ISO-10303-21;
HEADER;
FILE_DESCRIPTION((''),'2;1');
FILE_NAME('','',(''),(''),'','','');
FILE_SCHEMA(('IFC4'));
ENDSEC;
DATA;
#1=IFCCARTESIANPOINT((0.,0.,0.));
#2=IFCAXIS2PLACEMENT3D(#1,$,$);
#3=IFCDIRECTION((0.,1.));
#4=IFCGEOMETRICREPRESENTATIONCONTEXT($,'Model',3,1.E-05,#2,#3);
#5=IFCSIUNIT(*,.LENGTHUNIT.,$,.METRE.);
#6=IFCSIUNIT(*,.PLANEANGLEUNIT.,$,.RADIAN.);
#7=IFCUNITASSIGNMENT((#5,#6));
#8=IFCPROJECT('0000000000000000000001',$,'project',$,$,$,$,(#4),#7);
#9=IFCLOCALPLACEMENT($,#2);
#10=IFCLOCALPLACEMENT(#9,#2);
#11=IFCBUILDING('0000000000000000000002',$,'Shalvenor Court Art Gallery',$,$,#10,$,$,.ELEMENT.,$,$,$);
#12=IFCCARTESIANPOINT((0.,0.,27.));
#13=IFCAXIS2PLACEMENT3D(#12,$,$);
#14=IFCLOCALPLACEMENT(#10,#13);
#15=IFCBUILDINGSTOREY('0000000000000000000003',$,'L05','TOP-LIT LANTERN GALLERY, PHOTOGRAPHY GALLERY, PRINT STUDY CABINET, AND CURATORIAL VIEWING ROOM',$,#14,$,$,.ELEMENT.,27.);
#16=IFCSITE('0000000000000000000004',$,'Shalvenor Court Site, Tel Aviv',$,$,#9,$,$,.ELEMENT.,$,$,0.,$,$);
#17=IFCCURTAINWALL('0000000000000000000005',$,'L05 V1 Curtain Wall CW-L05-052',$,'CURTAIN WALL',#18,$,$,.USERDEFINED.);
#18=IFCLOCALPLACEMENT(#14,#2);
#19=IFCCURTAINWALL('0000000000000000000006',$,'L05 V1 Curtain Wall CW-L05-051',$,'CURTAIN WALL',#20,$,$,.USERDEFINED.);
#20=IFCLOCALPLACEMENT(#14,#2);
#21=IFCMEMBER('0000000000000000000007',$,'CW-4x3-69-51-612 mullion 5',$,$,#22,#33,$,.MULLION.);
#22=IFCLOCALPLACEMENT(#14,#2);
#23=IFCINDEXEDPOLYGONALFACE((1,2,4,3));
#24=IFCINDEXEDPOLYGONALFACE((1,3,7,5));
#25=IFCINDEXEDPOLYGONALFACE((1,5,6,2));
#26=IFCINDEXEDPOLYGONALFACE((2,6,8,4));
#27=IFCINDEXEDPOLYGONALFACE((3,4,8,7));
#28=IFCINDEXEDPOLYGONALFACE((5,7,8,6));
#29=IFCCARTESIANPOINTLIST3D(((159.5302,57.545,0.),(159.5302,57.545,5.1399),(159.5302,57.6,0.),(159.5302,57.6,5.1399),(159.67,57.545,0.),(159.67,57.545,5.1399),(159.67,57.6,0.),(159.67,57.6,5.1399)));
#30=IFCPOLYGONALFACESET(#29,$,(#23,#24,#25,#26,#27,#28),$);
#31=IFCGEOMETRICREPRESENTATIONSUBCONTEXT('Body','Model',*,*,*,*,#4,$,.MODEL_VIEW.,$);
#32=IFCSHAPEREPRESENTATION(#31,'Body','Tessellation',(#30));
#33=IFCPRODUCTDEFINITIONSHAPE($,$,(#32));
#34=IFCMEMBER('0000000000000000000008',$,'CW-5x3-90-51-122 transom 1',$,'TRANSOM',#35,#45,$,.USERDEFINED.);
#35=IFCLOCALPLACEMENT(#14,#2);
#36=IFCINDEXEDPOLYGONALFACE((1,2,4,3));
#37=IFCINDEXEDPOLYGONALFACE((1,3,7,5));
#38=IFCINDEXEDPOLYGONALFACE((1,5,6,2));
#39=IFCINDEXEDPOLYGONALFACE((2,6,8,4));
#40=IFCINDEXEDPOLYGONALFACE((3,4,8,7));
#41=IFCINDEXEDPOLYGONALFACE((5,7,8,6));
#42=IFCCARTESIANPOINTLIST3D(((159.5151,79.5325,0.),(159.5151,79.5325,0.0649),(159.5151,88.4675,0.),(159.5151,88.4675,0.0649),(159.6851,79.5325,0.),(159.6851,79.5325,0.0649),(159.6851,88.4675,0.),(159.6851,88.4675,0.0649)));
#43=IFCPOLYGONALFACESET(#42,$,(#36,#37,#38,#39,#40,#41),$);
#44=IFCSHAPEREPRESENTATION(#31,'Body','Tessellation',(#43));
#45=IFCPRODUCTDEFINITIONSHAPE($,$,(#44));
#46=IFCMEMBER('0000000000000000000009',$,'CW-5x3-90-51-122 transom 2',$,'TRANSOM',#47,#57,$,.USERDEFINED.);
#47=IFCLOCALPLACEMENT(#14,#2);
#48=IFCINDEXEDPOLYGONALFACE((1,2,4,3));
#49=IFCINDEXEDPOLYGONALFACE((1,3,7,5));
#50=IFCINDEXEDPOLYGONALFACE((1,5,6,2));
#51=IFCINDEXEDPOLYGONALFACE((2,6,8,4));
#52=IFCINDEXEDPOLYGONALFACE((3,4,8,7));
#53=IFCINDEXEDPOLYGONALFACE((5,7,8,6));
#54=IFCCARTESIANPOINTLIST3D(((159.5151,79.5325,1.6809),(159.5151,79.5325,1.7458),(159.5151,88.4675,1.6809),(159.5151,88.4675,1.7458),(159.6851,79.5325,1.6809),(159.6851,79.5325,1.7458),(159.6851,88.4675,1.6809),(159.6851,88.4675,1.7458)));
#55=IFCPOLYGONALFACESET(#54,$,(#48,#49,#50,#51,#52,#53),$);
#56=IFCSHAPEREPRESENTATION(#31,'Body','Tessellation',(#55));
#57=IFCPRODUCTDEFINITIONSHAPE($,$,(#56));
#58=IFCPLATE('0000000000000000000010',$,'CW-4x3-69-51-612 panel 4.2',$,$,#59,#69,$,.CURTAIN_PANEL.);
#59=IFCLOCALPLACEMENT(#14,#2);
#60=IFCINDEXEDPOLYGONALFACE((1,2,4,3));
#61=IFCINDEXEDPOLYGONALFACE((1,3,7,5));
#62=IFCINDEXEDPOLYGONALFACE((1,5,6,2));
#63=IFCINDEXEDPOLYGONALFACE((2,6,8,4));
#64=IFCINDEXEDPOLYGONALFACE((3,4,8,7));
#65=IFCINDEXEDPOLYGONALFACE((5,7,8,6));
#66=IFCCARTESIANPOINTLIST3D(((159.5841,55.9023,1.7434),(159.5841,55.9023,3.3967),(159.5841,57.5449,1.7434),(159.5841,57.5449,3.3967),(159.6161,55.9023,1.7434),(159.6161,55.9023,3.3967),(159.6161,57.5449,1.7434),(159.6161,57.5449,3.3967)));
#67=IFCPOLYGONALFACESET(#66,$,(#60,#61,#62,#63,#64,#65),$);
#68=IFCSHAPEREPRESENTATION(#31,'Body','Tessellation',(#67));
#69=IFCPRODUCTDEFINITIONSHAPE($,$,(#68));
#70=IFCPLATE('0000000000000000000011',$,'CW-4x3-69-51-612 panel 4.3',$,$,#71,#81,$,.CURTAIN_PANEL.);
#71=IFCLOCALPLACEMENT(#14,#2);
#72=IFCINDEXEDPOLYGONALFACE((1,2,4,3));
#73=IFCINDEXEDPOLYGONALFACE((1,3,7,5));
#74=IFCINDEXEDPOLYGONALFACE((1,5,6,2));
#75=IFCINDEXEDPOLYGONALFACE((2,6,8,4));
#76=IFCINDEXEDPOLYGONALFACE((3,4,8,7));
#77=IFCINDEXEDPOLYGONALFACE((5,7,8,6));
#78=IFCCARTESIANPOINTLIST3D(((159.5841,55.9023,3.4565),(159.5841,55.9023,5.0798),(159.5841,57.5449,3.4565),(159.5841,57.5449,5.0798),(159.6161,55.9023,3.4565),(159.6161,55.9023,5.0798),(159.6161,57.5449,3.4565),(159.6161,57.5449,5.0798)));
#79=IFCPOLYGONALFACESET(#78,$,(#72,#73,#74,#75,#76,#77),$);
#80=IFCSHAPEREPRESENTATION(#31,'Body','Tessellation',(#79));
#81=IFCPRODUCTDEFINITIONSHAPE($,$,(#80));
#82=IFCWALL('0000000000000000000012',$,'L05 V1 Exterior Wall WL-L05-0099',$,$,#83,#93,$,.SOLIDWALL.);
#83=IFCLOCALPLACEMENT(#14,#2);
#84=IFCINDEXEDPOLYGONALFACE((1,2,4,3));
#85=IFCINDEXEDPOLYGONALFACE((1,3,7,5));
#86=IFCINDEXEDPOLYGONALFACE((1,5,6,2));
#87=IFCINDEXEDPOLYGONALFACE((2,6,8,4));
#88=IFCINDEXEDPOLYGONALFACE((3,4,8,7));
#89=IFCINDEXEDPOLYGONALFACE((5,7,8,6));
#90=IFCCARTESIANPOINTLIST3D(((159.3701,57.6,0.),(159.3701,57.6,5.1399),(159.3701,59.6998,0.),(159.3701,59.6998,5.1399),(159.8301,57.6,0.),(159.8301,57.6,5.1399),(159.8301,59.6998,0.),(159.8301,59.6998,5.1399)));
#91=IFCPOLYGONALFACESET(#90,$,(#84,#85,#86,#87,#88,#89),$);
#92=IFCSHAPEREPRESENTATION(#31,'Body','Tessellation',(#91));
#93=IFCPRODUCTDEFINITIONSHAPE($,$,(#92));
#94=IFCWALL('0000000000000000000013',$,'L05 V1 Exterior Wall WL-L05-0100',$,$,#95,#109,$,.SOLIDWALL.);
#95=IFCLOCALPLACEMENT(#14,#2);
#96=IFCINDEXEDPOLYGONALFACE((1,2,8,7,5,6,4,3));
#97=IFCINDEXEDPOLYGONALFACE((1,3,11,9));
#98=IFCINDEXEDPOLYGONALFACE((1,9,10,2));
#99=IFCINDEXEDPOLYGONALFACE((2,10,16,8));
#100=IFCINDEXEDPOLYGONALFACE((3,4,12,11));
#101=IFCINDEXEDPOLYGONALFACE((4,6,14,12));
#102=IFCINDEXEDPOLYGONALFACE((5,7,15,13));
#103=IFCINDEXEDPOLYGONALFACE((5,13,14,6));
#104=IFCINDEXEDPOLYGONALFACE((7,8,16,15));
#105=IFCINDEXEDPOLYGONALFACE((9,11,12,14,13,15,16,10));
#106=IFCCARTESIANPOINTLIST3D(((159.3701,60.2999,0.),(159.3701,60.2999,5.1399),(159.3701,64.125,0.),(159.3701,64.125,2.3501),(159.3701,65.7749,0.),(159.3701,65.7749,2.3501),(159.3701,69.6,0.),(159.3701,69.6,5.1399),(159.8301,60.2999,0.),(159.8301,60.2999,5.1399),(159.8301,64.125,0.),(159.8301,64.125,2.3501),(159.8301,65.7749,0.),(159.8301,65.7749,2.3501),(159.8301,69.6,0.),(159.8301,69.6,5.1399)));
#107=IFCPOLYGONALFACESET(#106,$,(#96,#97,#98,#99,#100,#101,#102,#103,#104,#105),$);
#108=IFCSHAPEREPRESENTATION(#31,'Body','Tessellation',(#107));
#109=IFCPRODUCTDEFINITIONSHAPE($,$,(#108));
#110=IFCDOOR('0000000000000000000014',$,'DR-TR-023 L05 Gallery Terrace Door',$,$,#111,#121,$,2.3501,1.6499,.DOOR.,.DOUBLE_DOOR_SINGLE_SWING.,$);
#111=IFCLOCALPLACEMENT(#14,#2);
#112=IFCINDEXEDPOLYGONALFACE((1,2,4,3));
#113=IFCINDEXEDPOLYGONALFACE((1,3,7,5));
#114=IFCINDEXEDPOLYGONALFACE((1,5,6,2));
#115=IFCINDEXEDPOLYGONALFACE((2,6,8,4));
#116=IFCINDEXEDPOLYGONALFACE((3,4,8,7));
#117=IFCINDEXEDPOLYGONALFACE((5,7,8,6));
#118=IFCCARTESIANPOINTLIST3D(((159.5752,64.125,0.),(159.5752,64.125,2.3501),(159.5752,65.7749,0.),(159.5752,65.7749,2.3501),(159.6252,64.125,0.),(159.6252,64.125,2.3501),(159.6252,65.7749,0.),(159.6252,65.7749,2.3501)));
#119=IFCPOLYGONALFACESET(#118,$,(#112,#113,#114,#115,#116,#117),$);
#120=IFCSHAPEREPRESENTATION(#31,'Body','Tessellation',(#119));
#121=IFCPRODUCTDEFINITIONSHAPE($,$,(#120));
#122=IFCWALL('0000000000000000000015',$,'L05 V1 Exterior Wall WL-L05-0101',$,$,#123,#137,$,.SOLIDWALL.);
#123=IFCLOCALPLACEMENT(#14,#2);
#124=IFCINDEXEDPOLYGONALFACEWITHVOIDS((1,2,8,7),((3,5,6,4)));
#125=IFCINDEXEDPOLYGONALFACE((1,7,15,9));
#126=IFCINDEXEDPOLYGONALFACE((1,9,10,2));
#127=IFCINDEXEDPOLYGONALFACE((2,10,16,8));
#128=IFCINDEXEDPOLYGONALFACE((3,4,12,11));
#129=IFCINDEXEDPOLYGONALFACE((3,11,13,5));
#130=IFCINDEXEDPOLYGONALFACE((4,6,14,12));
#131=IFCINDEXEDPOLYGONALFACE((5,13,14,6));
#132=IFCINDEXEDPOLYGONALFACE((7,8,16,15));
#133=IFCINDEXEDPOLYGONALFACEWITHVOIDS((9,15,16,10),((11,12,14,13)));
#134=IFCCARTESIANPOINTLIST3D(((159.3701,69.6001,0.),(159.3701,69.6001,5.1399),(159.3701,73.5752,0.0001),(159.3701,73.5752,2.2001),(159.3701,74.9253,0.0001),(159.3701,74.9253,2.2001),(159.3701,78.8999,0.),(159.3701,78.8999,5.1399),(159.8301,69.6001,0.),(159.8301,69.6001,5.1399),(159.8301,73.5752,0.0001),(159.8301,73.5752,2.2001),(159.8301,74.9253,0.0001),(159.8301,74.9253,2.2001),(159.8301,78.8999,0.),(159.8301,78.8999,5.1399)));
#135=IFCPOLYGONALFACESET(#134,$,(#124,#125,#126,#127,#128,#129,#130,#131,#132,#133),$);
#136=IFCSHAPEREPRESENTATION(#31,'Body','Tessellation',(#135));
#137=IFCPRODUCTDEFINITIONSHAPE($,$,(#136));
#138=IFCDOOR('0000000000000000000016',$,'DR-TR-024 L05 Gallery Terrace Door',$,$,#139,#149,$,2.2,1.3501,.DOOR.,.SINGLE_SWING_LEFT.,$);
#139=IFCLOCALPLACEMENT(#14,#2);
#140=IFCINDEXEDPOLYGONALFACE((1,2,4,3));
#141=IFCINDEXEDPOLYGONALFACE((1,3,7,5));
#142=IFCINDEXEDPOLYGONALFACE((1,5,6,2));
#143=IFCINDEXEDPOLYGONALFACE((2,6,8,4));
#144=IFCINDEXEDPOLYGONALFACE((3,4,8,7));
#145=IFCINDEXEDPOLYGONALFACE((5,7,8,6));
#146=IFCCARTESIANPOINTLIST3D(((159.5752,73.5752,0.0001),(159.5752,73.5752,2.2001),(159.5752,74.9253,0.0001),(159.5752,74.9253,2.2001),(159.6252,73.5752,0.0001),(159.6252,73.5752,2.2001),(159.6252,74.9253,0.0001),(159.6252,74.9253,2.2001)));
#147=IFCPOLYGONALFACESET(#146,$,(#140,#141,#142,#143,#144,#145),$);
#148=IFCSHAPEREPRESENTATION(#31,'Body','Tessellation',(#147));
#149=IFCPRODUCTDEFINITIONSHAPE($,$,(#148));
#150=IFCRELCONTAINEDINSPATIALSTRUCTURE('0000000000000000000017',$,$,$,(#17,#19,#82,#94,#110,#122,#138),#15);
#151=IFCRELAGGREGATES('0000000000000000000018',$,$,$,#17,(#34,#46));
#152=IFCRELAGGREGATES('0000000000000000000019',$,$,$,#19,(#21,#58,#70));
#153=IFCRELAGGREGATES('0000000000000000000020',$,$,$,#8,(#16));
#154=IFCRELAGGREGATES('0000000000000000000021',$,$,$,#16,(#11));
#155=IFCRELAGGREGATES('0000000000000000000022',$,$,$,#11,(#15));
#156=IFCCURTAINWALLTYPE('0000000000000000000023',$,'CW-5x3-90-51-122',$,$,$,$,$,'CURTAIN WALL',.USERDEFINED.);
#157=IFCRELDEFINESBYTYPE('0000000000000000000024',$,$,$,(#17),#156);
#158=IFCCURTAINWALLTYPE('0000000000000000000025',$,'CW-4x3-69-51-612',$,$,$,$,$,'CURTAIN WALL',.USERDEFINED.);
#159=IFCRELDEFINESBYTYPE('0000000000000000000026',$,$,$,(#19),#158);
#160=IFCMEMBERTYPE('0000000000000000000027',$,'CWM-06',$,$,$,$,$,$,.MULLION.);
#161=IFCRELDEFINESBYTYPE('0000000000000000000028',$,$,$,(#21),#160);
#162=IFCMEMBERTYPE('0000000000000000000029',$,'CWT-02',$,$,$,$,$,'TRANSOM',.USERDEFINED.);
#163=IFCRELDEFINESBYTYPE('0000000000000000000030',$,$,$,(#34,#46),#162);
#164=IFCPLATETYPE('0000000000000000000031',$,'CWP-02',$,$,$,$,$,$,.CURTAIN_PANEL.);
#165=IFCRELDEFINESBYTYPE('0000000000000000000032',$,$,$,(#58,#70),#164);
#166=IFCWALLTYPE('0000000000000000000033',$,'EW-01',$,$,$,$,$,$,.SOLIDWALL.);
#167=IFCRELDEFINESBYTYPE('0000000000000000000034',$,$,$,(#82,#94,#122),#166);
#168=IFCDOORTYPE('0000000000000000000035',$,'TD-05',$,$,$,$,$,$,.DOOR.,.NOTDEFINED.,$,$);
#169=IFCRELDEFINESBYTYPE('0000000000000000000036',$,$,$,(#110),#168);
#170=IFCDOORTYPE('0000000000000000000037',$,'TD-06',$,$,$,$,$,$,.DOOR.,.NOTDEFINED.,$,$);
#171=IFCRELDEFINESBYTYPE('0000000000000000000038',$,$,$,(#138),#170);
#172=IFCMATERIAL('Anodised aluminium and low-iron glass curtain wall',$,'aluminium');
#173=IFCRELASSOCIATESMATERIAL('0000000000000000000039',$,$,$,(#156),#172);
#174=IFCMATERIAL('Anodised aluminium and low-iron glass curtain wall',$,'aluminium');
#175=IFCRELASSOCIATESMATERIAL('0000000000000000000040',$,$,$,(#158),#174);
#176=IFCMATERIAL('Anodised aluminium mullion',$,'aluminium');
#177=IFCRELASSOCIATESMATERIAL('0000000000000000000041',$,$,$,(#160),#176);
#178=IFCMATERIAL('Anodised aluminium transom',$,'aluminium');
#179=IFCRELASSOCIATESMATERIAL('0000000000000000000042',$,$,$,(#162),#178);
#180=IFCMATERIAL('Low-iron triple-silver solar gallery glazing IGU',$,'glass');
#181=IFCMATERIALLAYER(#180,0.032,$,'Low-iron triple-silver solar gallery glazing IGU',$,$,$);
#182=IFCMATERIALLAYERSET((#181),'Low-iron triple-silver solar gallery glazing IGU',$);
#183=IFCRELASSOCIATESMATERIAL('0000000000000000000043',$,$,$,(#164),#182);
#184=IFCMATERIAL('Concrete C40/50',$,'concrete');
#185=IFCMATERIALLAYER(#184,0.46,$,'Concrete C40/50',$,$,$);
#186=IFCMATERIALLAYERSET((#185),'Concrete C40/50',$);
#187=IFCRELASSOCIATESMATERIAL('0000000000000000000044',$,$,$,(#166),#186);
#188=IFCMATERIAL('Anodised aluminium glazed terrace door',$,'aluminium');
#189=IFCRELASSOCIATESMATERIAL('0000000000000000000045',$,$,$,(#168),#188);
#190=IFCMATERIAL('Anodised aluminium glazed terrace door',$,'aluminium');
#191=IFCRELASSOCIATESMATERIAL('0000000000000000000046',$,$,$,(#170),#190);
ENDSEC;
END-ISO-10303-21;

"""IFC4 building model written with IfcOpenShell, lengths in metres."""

from ifc_helpers import new_model, si_unit, direction, frame, frame_2d, origin, origin_2d, place, context, subcontext, project, spatial, rectangle, extrude, material, layer, layer_set, material_profile, profile_set, type_object, element, fill, aggregate, save


model = new_model("IFC4")

# Units and contexts
model_context = context("Model", 3, precision=1e-05, world=origin(), true_north=direction((0.0, 1.0)))
body_context = subcontext(model_context, "Body", "Model", "MODEL_VIEW")
ifc_project = project(units=[si_unit("LENGTHUNIT", "METRE"), si_unit("PLANEANGLEUNIT", "RADIAN")], contexts=[model_context])

# Site, building, storey
site_placement = place(None, origin())
site = spatial("IfcSite", under=ifc_project, at=site_placement, Name="Shalvenor Court Site, Tel Aviv", CompositionType="ELEMENT", RefElevation=0.0)
building_placement = place(site_placement, origin())
building = spatial("IfcBuilding", under=site, at=building_placement, Name="Shalvenor Court Art Gallery", CompositionType="ELEMENT")
storey_placement = place(building_placement, frame((0.0, 0.0, 27.0)))
storey = spatial("IfcBuildingStorey", under=building, at=storey_placement, Name="L05", Description="TOP-LIT LANTERN GALLERY, PHOTOGRAPHY GALLERY, PRINT STUDY CABINET, AND CURATORIAL VIEWING ROOM", CompositionType="ELEMENT", Elevation=27.0)

# Curtain wall
ifc_material_1 = material(Name="Anodised aluminium and low-iron glass curtain wall", Category="aluminium")
curtain_wall_type_1 = type_object("IfcCurtainWallType", Name="CW-5x3-90-51-122", ElementType="CURTAIN WALL", PredefinedType="USERDEFINED", material=ifc_material_1)
curtain_wall_1_placement = place(storey_placement, origin())
curtain_wall_1 = element("IfcCurtainWall", 1, at=curtain_wall_1_placement, inside=storey, type_object=curtain_wall_type_1, Name="L05 V1 Curtain Wall CW-L05-052", ObjectType="CURTAIN WALL", PredefinedType="USERDEFINED")

# Curtain wall, member
ifc_material_2 = material(Name="Anodised aluminium and low-iron glass curtain wall", Category="aluminium")
curtain_wall_type_2 = type_object("IfcCurtainWallType", Name="CW-4x3-69-51-612", ElementType="CURTAIN WALL", PredefinedType="USERDEFINED", material=ifc_material_2)
curtain_wall_2_placement = place(storey_placement, origin())
curtain_wall_2 = element("IfcCurtainWall", 2, at=curtain_wall_2_placement, inside=storey, type_object=curtain_wall_type_2, Name="L05 V1 Curtain Wall CW-L05-051", ObjectType="CURTAIN WALL", PredefinedType="USERDEFINED")
ifc_material_3 = material(Name="Anodised aluminium mullion", Category="aluminium")
ifc_material_profile_1 = material_profile(ifc_material_3, rectangle(XDim=0.0549, YDim=0.1399, at=origin_2d()), Name="CWM-06")
ifc_profile_set_1 = profile_set([ifc_material_profile_1], Name="Anodised aluminium mullion")
member_type_1 = type_object("IfcMemberType", Name="CWM-06", PredefinedType="MULLION", material=ifc_profile_set_1)
member_1_placement = place(storey_placement, frame((159.6001, 57.5725, 0.0), z_axis=(0.0, 0.0, 1.0), x_axis=(0.0, 1.0, 0.0)))
member_1 = element("IfcMember", 3, at=member_1_placement, type_object=member_type_1, Name="CW-4x3-69-51-612 mullion 5", PredefinedType="MULLION", context=body_context, shape_type="SweptSolid", body=[
    extrude(rectangle(XDim=0.0549, YDim=0.1399, at=origin_2d()), origin(), (0.0, 0.0, 1.0), 5.1399),
])

# Members
ifc_material_4 = material(Name="Anodised aluminium transom", Category="aluminium")
ifc_material_profile_2 = material_profile(ifc_material_4, rectangle(XDim=0.1699, YDim=0.0649, at=origin_2d()), Name="CWT-02")
ifc_profile_set_2 = profile_set([ifc_material_profile_2], Name="Anodised aluminium transom")
member_type_2 = type_object("IfcMemberType", Name="CWT-02", ElementType="TRANSOM", PredefinedType="USERDEFINED", material=ifc_profile_set_2)
member_2_placement = place(storey_placement, frame((159.6001, 79.5325, 0.0325), z_axis=(0.0, 1.0, 0.0), x_axis=(-1.0, 0.0, 0.0)))
member_2 = element("IfcMember", 4, at=member_2_placement, type_object=member_type_2, Name="CW-5x3-90-51-122 transom 1", ObjectType="TRANSOM", PredefinedType="USERDEFINED", context=body_context, shape_type="SweptSolid", body=[
    extrude(rectangle(XDim=0.1699, YDim=0.0649, at=origin_2d()), origin(), (0.0, 0.0, 1.0), 8.9351),
])
member_3_placement = place(storey_placement, frame((159.6001, 79.5325, 1.7134), z_axis=(0.0, 1.0, 0.0), x_axis=(-1.0, 0.0, 0.0)))
member_3 = element("IfcMember", 5, at=member_3_placement, type_object=member_type_2, Name="CW-5x3-90-51-122 transom 2", ObjectType="TRANSOM", PredefinedType="USERDEFINED", context=body_context, shape_type="SweptSolid", body=[
    extrude(rectangle(XDim=0.1699, YDim=0.0649, at=origin_2d()), origin(), (0.0, 0.0, 1.0), 8.9351),
])
aggregate(curtain_wall_1, [member_2, member_3])

# Plates
ifc_material_5 = material(Name="Low-iron triple-silver solar gallery glazing IGU", Category="glass")
ifc_layer_1 = layer(ifc_material_5, 0.032, Name="Low-iron triple-silver solar gallery glazing IGU")
ifc_layer_set_1 = layer_set([ifc_layer_1], Name="Low-iron triple-silver solar gallery glazing IGU")
plate_type = type_object("IfcPlateType", Name="CWP-02", PredefinedType="CURTAIN_PANEL", material=ifc_layer_set_1)
plate_1_placement = place(storey_placement, frame((159.6001, 56.7236, 1.7434), z_axis=(0.0, 0.0, 1.0), x_axis=(0.0, 1.0, 0.0)))
plate_1 = element("IfcPlate", 6, at=plate_1_placement, type_object=plate_type, Name="CW-4x3-69-51-612 panel 4.2", PredefinedType="CURTAIN_PANEL", context=body_context, shape_type="SweptSolid", body=[
    extrude(rectangle(XDim=1.6426, YDim=0.032, at=origin_2d()), origin(), (0.0, 0.0, 1.0), 1.6533),
])
plate_2_placement = place(storey_placement, frame((159.6001, 56.7236, 3.4565), z_axis=(0.0, 0.0, 1.0), x_axis=(0.0, 1.0, 0.0)))
plate_2 = element("IfcPlate", 7, at=plate_2_placement, type_object=plate_type, Name="CW-4x3-69-51-612 panel 4.3", PredefinedType="CURTAIN_PANEL", context=body_context, shape_type="SweptSolid", body=[
    extrude(rectangle(XDim=1.6426, YDim=0.032, at=origin_2d()), origin(), (0.0, 0.0, 1.0), 1.6233),
])
aggregate(curtain_wall_2, [member_1, plate_1, plate_2])

# Wall
ifc_material_6 = material(Name="Concrete C40/50", Category="concrete")
ifc_layer_2 = layer(ifc_material_6, 0.46, Name="Concrete C40/50")
ifc_layer_set_2 = layer_set([ifc_layer_2], Name="Concrete C40/50")
wall_type = type_object("IfcWallType", Name="EW-01", PredefinedType="SOLIDWALL", material=ifc_layer_set_2)
wall_1_placement = place(storey_placement, frame((159.6001, 57.6001, 0.0), z_axis=(0.0, 0.0, 1.0), x_axis=(0.0, 1.0, 0.0)))
element("IfcWall", 8, at=wall_1_placement, inside=storey, type_object=wall_type, Name="L05 V1 Exterior Wall WL-L05-0099", PredefinedType="SOLIDWALL", context=body_context, shape_type="SweptSolid", body=[
    extrude(rectangle(XDim=2.0999, YDim=0.46, at=frame_2d((1.0498, 0.0))), origin(), (0.0, 0.0, 1.0), 5.1399),
])

# Walls, openings, doors
wall_2_placement = place(storey_placement, frame((159.6001, 60.3, 0.0), z_axis=(0.0, 0.0, 1.0), x_axis=(0.0, 1.0, 0.0)))
wall_2 = element("IfcWall", 9, at=wall_2_placement, inside=storey, type_object=wall_type, Name="L05 V1 Exterior Wall WL-L05-0100", PredefinedType="SOLIDWALL", context=body_context, shape_type="SweptSolid", body=[
    extrude(rectangle(XDim=9.3, YDim=0.46, at=frame_2d((4.6499, 0.0))), origin(), (0.0, 0.0, 1.0), 5.1399),
])
opening_1_placement = place(wall_2_placement, frame((3.825, 0.0, 0.0)))
opening_1 = element("IfcOpeningElement", 10, at=opening_1_placement, cuts=wall_2, PredefinedType="OPENING", context=body_context, shape_type="SweptSolid", body=[
    extrude(rectangle(XDim=1.6499, YDim=2.3501, at=frame_2d((0.825, 1.175))), frame((0.0, 0.24, 0.0), z_axis=(0.0, -1.0, 0.0), x_axis=(1.0, 0.0, 0.0)), (0.0, 0.0, 1.0), 0.48),
])
ifc_material_7 = material(Name="Anodised aluminium glazed terrace door", Category="aluminium")
door_type_1 = type_object("IfcDoorType", Name="TD-05", OperationType="NOTDEFINED", PredefinedType="DOOR", material=ifc_material_7)
door_1_placement = place(opening_1_placement, origin())
door_1 = element("IfcDoor", 11, at=door_1_placement, inside=storey, type_object=door_type_1, Name="DR-TR-023 L05 Gallery Terrace Door", OperationType="DOUBLE_DOOR_SINGLE_SWING", OverallHeight=2.3501, OverallWidth=1.6499, PredefinedType="DOOR", context=body_context, shape_type="SweptSolid", body=[
    extrude(rectangle(XDim=1.6499, YDim=2.3501, at=frame_2d((0.825, 1.175))), frame((0.0, 0.0249, 0.0), z_axis=(0.0, -1.0, 0.0), x_axis=(1.0, 0.0, 0.0)), (0.0, 0.0, 1.0), 0.05),
])
fill(opening_1, door_1)
wall_3_placement = place(storey_placement, frame((159.6001, 69.6001, 0.0), z_axis=(0.0, 0.0, 1.0), x_axis=(0.0, 1.0, 0.0)))
wall_3 = element("IfcWall", 12, at=wall_3_placement, inside=storey, type_object=wall_type, Name="L05 V1 Exterior Wall WL-L05-0101", PredefinedType="SOLIDWALL", context=body_context, shape_type="SweptSolid", body=[
    extrude(rectangle(XDim=9.2998, YDim=0.46, at=frame_2d((4.6499, 0.0))), origin(), (0.0, 0.0, 1.0), 5.1399),
])
opening_2_placement = place(wall_3_placement, frame((3.9751, 0.0, 0.0)))
opening_2 = element("IfcOpeningElement", 13, at=opening_2_placement, cuts=wall_3, PredefinedType="OPENING", context=body_context, shape_type="SweptSolid", body=[
    extrude(rectangle(XDim=1.3501, YDim=2.2, at=frame_2d((0.675, 1.1001))), frame((0.0, 0.24, 0.0), z_axis=(0.0, -1.0, 0.0), x_axis=(1.0, 0.0, 0.0)), (0.0, 0.0, 1.0), 0.48),
])
ifc_material_8 = material(Name="Anodised aluminium glazed terrace door", Category="aluminium")
door_type_2 = type_object("IfcDoorType", Name="TD-06", OperationType="NOTDEFINED", PredefinedType="DOOR", material=ifc_material_8)
door_2_placement = place(opening_2_placement, origin())
door_2 = element("IfcDoor", 14, at=door_2_placement, inside=storey, type_object=door_type_2, Name="DR-TR-024 L05 Gallery Terrace Door", OperationType="SINGLE_SWING_LEFT", OverallHeight=2.2, OverallWidth=1.3501, PredefinedType="DOOR", context=body_context, shape_type="SweptSolid", body=[
    extrude(rectangle(XDim=1.3501, YDim=2.2, at=frame_2d((0.675, 1.1001))), frame((0.0, 0.0249, 0.0), z_axis=(0.0, -1.0, 0.0), x_axis=(1.0, 0.0, 0.0)), (0.0, 0.0, 1.0), 0.05),
])
fill(opening_2, door_2)

save(model, "model.ifc")
